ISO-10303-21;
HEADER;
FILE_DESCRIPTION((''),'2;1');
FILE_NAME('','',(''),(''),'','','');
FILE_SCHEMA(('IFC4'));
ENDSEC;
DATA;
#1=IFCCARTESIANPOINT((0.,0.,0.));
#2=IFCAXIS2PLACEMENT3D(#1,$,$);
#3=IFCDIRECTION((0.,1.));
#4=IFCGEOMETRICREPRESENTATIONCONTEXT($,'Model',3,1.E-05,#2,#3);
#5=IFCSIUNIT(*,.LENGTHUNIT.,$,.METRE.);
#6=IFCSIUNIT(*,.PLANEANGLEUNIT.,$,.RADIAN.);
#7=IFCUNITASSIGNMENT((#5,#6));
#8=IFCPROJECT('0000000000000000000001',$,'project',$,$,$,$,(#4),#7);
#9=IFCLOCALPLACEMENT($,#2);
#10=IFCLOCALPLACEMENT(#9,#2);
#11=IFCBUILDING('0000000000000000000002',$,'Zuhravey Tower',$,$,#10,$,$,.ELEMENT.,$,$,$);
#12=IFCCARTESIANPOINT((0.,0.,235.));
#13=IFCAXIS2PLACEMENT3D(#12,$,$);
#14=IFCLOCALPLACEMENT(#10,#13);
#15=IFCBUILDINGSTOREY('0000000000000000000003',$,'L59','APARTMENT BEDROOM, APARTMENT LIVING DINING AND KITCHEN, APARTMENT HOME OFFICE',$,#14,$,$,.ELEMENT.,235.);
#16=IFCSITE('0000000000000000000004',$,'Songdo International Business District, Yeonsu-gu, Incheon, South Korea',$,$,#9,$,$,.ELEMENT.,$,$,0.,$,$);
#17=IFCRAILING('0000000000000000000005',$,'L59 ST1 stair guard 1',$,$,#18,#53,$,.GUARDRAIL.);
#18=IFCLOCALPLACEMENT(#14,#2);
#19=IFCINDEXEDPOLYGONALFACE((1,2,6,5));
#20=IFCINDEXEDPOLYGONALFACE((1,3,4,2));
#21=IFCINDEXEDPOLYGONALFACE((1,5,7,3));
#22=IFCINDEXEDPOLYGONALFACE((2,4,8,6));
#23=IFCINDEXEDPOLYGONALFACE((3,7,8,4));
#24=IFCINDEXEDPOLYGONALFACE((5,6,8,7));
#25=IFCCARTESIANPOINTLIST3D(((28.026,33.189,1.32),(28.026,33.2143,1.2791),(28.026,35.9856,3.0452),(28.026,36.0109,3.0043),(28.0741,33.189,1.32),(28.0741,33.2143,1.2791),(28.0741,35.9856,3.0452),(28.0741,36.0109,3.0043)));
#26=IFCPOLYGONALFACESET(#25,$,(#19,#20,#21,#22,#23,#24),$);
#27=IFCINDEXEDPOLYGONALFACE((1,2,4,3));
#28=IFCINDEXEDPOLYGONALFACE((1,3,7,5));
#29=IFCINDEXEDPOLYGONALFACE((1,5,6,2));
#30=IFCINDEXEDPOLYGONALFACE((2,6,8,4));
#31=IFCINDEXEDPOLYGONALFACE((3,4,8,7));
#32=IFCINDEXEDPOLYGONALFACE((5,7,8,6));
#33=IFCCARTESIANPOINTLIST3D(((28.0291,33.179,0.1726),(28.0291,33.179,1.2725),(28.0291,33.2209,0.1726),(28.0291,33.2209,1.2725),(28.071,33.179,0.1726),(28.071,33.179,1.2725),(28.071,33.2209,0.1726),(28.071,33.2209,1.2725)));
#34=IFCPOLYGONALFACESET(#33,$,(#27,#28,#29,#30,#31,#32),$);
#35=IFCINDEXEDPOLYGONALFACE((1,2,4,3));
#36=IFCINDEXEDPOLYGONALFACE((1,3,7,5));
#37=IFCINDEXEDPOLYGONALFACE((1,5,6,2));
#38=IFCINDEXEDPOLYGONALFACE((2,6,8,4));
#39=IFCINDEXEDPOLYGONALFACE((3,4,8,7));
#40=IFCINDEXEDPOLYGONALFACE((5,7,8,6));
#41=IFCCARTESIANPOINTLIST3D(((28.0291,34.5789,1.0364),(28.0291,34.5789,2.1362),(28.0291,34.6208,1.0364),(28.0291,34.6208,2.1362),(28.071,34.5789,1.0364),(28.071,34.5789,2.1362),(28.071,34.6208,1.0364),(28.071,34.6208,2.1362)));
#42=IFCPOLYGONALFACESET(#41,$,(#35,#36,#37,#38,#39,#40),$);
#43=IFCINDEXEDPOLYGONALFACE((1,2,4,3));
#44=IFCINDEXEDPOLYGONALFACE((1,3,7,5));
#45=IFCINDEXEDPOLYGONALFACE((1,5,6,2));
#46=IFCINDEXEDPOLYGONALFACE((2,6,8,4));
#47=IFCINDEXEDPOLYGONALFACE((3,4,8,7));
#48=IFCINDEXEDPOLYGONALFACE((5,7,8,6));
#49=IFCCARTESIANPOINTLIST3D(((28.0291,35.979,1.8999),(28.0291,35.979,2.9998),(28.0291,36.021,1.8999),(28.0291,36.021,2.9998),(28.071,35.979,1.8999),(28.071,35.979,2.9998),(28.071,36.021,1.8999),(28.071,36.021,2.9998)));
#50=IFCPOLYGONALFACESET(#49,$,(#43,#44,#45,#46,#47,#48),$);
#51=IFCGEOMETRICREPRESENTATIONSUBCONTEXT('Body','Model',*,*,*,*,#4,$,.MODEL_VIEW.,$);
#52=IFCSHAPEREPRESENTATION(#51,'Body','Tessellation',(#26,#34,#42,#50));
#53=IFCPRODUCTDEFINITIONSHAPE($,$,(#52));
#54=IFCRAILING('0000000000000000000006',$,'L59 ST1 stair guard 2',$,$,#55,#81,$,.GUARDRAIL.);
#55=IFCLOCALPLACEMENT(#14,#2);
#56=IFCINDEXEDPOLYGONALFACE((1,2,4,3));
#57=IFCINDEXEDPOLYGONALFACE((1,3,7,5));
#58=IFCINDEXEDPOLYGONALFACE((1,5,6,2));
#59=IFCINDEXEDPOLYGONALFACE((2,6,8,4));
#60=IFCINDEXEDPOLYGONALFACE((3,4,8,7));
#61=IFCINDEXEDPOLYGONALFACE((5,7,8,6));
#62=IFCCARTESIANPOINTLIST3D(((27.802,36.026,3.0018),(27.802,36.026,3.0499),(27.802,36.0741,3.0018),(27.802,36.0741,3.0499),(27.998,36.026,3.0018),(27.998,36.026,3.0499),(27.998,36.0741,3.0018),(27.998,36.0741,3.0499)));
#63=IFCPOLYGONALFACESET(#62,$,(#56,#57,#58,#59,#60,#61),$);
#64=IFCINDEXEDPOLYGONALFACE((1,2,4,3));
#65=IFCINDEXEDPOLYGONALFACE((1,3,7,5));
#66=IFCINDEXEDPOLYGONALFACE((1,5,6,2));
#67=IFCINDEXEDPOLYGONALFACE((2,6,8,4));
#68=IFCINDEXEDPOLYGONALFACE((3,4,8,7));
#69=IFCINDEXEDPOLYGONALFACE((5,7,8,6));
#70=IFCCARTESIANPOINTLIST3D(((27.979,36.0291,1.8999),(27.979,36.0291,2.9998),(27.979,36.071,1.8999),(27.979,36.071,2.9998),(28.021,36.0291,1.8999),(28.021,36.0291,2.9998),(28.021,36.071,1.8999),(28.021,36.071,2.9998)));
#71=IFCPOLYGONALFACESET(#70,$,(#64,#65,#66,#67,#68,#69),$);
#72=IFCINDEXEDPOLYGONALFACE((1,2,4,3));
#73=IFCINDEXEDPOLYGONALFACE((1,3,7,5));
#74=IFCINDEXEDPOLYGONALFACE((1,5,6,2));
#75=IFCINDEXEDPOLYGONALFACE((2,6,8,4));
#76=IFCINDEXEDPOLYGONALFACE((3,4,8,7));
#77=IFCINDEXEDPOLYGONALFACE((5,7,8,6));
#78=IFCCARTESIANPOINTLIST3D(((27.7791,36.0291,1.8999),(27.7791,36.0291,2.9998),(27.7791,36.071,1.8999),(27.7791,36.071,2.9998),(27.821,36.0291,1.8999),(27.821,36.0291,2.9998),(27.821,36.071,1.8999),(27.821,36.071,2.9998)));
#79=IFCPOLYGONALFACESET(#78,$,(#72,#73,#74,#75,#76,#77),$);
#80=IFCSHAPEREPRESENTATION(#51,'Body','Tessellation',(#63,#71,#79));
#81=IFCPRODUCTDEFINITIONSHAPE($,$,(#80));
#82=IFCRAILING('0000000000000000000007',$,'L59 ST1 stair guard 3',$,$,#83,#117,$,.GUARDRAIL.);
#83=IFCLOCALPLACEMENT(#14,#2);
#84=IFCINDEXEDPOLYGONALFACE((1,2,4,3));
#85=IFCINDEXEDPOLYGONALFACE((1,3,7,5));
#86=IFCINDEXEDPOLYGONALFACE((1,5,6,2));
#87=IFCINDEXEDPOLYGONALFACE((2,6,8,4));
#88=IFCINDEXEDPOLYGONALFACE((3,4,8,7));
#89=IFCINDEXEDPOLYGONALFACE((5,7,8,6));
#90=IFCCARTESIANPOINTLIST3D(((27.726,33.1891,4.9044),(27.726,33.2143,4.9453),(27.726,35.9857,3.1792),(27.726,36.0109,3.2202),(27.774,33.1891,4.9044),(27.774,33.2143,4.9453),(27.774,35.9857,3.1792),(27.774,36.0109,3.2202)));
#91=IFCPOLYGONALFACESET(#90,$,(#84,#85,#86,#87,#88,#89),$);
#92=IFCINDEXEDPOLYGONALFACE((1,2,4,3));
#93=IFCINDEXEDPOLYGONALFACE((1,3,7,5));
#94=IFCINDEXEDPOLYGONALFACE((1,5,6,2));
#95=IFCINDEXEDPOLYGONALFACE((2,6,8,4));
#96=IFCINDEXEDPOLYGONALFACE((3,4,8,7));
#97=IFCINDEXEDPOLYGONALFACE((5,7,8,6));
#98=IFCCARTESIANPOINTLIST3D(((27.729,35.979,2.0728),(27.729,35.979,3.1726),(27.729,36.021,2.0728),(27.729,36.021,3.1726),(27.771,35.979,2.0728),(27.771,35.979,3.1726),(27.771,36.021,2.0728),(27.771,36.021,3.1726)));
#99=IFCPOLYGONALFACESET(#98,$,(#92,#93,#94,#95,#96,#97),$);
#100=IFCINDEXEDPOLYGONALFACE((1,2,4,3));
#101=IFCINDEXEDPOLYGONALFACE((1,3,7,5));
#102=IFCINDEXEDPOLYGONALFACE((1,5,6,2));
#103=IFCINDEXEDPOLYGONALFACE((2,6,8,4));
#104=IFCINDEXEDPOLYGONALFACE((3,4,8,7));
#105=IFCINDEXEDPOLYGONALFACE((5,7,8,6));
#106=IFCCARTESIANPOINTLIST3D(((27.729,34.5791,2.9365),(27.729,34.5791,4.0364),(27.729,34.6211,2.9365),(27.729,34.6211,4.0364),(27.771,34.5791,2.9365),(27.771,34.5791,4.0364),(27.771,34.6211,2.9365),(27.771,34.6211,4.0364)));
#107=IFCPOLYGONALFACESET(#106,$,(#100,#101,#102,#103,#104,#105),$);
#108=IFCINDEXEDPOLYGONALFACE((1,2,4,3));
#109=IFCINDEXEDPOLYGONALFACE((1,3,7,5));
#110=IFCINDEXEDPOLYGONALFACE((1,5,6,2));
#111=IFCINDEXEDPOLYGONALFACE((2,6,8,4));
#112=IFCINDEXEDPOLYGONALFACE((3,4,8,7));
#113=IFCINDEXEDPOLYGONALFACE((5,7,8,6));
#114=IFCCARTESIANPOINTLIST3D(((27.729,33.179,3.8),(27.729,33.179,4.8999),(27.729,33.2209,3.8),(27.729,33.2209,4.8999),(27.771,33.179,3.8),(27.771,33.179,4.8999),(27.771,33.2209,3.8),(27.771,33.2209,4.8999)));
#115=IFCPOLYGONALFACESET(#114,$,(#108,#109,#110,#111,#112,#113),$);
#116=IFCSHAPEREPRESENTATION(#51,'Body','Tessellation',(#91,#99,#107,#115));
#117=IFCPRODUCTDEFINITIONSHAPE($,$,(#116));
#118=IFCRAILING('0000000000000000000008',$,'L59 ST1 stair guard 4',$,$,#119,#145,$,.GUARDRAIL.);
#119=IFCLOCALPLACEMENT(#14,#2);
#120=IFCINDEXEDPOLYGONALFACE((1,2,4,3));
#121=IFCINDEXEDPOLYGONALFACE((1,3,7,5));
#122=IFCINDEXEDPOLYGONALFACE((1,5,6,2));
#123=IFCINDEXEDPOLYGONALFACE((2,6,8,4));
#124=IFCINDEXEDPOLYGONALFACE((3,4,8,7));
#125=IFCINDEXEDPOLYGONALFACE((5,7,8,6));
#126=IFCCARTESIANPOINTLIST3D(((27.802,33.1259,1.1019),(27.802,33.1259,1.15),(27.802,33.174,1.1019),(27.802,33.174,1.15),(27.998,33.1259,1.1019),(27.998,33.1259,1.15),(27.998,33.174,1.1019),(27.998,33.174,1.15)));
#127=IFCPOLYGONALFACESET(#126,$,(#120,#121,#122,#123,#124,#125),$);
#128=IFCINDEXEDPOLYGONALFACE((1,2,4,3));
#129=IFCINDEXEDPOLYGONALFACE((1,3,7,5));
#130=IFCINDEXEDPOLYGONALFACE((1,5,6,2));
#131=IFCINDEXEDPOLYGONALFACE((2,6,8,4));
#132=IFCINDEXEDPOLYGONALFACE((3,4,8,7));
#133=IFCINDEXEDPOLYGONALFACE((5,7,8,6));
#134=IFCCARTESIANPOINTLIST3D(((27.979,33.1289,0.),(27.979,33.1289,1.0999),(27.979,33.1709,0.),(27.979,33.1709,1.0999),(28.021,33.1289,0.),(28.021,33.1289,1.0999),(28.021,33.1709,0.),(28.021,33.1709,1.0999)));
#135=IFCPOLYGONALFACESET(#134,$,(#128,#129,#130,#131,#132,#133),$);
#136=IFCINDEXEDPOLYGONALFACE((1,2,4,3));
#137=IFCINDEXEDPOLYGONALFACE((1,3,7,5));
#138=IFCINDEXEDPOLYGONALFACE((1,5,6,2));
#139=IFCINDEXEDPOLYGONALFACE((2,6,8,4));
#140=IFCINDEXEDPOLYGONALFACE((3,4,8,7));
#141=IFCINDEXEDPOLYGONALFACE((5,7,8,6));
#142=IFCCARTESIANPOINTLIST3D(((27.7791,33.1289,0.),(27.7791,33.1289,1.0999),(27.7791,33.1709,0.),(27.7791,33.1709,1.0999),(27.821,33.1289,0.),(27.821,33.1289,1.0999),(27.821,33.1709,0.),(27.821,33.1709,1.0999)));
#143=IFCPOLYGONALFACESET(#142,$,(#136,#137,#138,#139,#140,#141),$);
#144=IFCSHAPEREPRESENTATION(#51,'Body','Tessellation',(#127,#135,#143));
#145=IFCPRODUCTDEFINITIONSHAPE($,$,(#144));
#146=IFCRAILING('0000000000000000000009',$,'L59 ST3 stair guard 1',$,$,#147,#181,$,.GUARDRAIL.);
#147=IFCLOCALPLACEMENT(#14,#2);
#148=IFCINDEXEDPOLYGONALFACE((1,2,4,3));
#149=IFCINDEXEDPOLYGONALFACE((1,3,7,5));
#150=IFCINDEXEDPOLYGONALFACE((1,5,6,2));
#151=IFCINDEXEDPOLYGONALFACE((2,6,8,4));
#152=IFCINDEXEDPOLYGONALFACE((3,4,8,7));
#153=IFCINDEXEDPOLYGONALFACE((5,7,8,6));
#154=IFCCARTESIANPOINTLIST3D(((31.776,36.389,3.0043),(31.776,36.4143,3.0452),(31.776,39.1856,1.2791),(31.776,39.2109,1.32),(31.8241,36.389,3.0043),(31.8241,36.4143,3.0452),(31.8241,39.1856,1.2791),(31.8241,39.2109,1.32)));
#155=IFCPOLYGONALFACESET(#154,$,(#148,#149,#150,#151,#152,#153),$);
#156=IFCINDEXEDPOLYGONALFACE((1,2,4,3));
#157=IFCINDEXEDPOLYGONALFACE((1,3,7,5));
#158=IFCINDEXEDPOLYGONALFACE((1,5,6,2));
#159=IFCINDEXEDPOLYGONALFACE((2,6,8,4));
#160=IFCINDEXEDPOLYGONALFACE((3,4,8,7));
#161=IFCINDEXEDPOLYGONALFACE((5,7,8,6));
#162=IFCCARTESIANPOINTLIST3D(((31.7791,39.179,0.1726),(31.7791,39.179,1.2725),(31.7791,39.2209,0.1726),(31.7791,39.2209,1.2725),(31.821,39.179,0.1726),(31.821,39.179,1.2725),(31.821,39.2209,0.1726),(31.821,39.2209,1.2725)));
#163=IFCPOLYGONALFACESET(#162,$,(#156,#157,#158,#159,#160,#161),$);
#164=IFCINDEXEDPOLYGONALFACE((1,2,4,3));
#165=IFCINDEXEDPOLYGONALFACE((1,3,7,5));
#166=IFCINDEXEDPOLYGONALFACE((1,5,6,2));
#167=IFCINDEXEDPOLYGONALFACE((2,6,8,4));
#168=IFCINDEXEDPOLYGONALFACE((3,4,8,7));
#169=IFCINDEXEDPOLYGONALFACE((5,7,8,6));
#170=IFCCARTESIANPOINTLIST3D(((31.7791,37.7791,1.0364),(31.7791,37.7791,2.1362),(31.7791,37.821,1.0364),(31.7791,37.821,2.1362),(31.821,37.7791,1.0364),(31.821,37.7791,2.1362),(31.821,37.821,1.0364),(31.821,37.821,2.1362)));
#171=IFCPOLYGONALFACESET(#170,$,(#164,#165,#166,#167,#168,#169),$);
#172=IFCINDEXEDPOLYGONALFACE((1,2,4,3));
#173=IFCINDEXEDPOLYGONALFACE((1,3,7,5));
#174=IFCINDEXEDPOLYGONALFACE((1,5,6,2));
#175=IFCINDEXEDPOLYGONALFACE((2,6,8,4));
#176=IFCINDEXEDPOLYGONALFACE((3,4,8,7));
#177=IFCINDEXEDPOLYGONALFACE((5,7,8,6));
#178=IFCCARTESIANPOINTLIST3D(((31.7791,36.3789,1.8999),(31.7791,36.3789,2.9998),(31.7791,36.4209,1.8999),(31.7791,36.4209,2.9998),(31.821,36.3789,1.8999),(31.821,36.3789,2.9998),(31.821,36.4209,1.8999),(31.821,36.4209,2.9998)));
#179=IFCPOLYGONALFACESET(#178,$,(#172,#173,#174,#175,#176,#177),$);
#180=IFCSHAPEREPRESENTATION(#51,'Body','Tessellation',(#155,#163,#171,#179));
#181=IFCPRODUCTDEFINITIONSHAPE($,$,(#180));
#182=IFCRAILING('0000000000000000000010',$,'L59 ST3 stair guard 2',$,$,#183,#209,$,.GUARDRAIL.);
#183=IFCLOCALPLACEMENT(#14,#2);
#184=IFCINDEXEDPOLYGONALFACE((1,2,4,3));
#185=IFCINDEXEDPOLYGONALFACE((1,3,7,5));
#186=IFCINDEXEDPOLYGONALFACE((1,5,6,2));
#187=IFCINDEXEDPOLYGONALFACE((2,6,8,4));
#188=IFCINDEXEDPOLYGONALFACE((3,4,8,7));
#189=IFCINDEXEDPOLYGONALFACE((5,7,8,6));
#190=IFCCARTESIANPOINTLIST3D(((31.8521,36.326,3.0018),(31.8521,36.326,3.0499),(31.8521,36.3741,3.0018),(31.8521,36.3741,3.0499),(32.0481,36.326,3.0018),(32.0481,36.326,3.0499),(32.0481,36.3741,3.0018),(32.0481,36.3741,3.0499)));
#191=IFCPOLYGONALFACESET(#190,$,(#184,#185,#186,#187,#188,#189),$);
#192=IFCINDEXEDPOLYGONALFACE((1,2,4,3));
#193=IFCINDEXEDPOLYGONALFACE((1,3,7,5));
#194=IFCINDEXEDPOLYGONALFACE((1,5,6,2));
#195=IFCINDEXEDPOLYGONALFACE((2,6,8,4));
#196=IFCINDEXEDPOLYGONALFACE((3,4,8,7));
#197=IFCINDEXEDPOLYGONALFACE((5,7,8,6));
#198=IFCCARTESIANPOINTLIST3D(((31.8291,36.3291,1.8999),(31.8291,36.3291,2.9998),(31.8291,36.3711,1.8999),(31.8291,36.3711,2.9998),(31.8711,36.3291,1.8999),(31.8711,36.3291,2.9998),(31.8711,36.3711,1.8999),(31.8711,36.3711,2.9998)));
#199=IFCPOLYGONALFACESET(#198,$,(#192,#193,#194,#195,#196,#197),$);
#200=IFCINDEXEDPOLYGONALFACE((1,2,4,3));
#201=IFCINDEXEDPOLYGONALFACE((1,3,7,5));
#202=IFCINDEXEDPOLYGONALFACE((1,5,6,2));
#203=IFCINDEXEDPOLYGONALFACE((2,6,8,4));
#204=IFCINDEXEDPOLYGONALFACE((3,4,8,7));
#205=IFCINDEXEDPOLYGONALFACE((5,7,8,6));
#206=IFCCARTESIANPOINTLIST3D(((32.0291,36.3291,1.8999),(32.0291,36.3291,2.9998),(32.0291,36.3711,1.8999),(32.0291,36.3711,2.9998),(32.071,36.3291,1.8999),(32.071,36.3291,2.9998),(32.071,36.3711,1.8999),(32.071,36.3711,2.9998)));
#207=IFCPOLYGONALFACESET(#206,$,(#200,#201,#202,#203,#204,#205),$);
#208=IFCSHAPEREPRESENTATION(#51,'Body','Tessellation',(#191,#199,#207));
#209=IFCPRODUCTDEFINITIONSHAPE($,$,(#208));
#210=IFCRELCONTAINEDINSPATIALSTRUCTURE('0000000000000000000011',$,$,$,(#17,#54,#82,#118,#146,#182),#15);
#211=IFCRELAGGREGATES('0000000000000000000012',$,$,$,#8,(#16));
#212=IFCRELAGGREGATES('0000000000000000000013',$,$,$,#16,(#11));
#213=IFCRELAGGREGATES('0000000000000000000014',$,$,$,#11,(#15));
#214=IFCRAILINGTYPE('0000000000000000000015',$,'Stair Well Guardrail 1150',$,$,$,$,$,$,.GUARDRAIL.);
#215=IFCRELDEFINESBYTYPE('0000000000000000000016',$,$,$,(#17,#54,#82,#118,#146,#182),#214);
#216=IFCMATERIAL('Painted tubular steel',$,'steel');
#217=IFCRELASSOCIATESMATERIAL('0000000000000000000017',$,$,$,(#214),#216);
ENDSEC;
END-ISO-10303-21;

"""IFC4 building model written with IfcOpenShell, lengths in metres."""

from ifc_helpers import new_model, si_unit, direction, frame, origin, origin_2d, place, context, subcontext, project, spatial, rectangle, extrude, material, type_object, element, save


model = new_model("IFC4")

# Units and contexts
model_context = context("Model", 3, precision=1e-05, world=origin(), true_north=direction((0.0, 1.0)))
body_context = subcontext(model_context, "Body", "Model", "MODEL_VIEW")
ifc_project = project(units=[si_unit("LENGTHUNIT", "METRE"), si_unit("PLANEANGLEUNIT", "RADIAN")], contexts=[model_context])

# Site, building, storey
site_placement = place(None, origin())
site = spatial("IfcSite", under=ifc_project, at=site_placement, Name="Songdo International Business District, Yeonsu-gu, Incheon, South Korea", CompositionType="ELEMENT", RefElevation=0.0)
building_placement = place(site_placement, origin())
building = spatial("IfcBuilding", under=site, at=building_placement, Name="Zuhravey Tower", CompositionType="ELEMENT")
storey_placement = place(building_placement, frame((0.0, 0.0, 235.0)))
storey = spatial("IfcBuildingStorey", under=building, at=storey_placement, Name="L59", Description="APARTMENT BEDROOM, APARTMENT LIVING DINING AND KITCHEN, APARTMENT HOME OFFICE", CompositionType="ELEMENT", Elevation=235.0)

# Railings
ifc_material_1 = material(Name="Painted tubular steel", Category="steel")
railing_type_1 = type_object("IfcRailingType", Name="Stair Well Guardrail 1150", PredefinedType="GUARDRAIL", material=ifc_material_1)
railing_1_placement = place(storey_placement, frame((28.05, 33.2, 0.1726)))
element("IfcRailing", 1, at=railing_1_placement, inside=storey, type_object=railing_type_1, Name="L59 ST1 stair guard 1", PredefinedType="GUARDRAIL", context=body_context, shape_type="SweptSolid", body=[
    extrude(rectangle(XDim=0.0481, YDim=0.0481, at=origin_2d()), frame((0.0, 0.0017, 1.127), z_axis=(0.0, 0.85109, 0.52502), x_axis=(-1.0, 0.0, 0.0)), (0.0, 0.0, 1.0), 3.2859),
    extrude(rectangle(XDim=0.042, YDim=0.042, at=origin_2d()), origin(), (0.0, 0.0, 1.0), 1.0999),
    extrude(rectangle(XDim=0.042, YDim=0.042, at=origin_2d()), frame((0.0, 1.3999, 0.8638)), (0.0, 0.0, 1.0), 1.0999),
    extrude(rectangle(XDim=0.042, YDim=0.042, at=origin_2d()), frame((0.0, 2.8, 1.7273)), (0.0, 0.0, 1.0), 1.0999),
])
railing_2_placement = place(storey_placement, frame((28.0, 36.05, 1.8999)))
element("IfcRailing", 2, at=railing_2_placement, inside=storey, type_object=railing_type_1, Name="L59 ST1 stair guard 2", PredefinedType="GUARDRAIL", context=body_context, shape_type="SweptSolid", body=[
    extrude(rectangle(XDim=0.0481, YDim=0.0481, at=origin_2d()), frame((-0.002, 0.0, 1.126), z_axis=(-1.0, 0.0, 0.0), x_axis=(0.0, -1.0, 0.0)), (0.0, 0.0, 1.0), 0.196),
    extrude(rectangle(XDim=0.042, YDim=0.042, at=origin_2d()), origin(), (0.0, 0.0, 1.0), 1.0999),
    extrude(rectangle(XDim=0.042, YDim=0.042, at=origin_2d()), frame((-0.2, 0.0, 0.0)), (0.0, 0.0, 1.0), 1.0999),
])
railing_3_placement = place(storey_placement, frame((27.75, 36.0, 2.0728)))
element("IfcRailing", 3, at=railing_3_placement, inside=storey, type_object=railing_type_1, Name="L59 ST1 stair guard 3", PredefinedType="GUARDRAIL", context=body_context, shape_type="SweptSolid", body=[
    extrude(rectangle(XDim=0.0481, YDim=0.0481, at=origin_2d()), frame((0.0, -0.0017, 1.127), z_axis=(0.0, -0.85109, 0.52502), x_axis=(1.0, 0.0, 0.0)), (0.0, 0.0, 1.0), 3.2859),
    extrude(rectangle(XDim=0.042, YDim=0.042, at=origin_2d()), origin(), (0.0, 0.0, 1.0), 1.0999),
    extrude(rectangle(XDim=0.042, YDim=0.042, at=origin_2d()), frame((0.0, -1.3999, 0.8638)), (0.0, 0.0, 1.0), 1.0999),
    extrude(rectangle(XDim=0.042, YDim=0.042, at=origin_2d()), frame((0.0, -2.8, 1.7273)), (0.0, 0.0, 1.0), 1.0999),
])
railing_4_placement = place(storey_placement, frame((28.0, 33.1499, 0.0)))
element("IfcRailing", 4, at=railing_4_placement, inside=storey, type_object=railing_type_1, Name="L59 ST1 stair guard 4", PredefinedType="GUARDRAIL", context=body_context, shape_type="SweptSolid", body=[
    extrude(rectangle(XDim=0.0481, YDim=0.0481, at=origin_2d()), frame((-0.002, 0.0, 1.126), z_axis=(-1.0, 0.0, 0.0), x_axis=(0.0, -1.0, 0.0)), (0.0, 0.0, 1.0), 0.196),
    extrude(rectangle(XDim=0.042, YDim=0.042, at=origin_2d()), origin(), (0.0, 0.0, 1.0), 1.0999),
    extrude(rectangle(XDim=0.042, YDim=0.042, at=origin_2d()), frame((-0.2, 0.0, 0.0)), (0.0, 0.0, 1.0), 1.0999),
])
railing_5_placement = place(storey_placement, frame((31.8, 39.2, 0.1726)))
element("IfcRailing", 5, at=railing_5_placement, inside=storey, type_object=railing_type_1, Name="L59 ST3 stair guard 1", PredefinedType="GUARDRAIL", context=body_context, shape_type="SweptSolid", body=[
    extrude(rectangle(XDim=0.0481, YDim=0.0481, at=origin_2d()), frame((0.0, -0.0017, 1.127), z_axis=(0.0, -0.85109, 0.52502), x_axis=(1.0, 0.0, 0.0)), (0.0, 0.0, 1.0), 3.2859),
    extrude(rectangle(XDim=0.042, YDim=0.042, at=origin_2d()), origin(), (0.0, 0.0, 1.0), 1.0999),
    extrude(rectangle(XDim=0.042, YDim=0.042, at=origin_2d()), frame((0.0, -1.3999, 0.8638)), (0.0, 0.0, 1.0), 1.0999),
    extrude(rectangle(XDim=0.042, YDim=0.042, at=origin_2d()), frame((0.0, -2.8, 1.7273)), (0.0, 0.0, 1.0), 1.0999),
])
railing_6_placement = place(storey_placement, frame((31.8501, 36.3501, 1.8999)))
element("IfcRailing", 6, at=railing_6_placement, inside=storey, type_object=railing_type_1, Name="L59 ST3 stair guard 2", PredefinedType="GUARDRAIL", context=body_context, shape_type="SweptSolid", body=[
    extrude(rectangle(XDim=0.0481, YDim=0.0481, at=origin_2d()), frame((0.002, 0.0, 1.126), z_axis=(1.0, 0.0, 0.0), x_axis=(0.0, 1.0, 0.0)), (0.0, 0.0, 1.0), 0.196),
    extrude(rectangle(XDim=0.042, YDim=0.042, at=origin_2d()), origin(), (0.0, 0.0, 1.0), 1.0999),
    extrude(rectangle(XDim=0.042, YDim=0.042, at=origin_2d()), frame((0.2, 0.0, 0.0)), (0.0, 0.0, 1.0), 1.0999),
])

save(model, "model.ifc")
